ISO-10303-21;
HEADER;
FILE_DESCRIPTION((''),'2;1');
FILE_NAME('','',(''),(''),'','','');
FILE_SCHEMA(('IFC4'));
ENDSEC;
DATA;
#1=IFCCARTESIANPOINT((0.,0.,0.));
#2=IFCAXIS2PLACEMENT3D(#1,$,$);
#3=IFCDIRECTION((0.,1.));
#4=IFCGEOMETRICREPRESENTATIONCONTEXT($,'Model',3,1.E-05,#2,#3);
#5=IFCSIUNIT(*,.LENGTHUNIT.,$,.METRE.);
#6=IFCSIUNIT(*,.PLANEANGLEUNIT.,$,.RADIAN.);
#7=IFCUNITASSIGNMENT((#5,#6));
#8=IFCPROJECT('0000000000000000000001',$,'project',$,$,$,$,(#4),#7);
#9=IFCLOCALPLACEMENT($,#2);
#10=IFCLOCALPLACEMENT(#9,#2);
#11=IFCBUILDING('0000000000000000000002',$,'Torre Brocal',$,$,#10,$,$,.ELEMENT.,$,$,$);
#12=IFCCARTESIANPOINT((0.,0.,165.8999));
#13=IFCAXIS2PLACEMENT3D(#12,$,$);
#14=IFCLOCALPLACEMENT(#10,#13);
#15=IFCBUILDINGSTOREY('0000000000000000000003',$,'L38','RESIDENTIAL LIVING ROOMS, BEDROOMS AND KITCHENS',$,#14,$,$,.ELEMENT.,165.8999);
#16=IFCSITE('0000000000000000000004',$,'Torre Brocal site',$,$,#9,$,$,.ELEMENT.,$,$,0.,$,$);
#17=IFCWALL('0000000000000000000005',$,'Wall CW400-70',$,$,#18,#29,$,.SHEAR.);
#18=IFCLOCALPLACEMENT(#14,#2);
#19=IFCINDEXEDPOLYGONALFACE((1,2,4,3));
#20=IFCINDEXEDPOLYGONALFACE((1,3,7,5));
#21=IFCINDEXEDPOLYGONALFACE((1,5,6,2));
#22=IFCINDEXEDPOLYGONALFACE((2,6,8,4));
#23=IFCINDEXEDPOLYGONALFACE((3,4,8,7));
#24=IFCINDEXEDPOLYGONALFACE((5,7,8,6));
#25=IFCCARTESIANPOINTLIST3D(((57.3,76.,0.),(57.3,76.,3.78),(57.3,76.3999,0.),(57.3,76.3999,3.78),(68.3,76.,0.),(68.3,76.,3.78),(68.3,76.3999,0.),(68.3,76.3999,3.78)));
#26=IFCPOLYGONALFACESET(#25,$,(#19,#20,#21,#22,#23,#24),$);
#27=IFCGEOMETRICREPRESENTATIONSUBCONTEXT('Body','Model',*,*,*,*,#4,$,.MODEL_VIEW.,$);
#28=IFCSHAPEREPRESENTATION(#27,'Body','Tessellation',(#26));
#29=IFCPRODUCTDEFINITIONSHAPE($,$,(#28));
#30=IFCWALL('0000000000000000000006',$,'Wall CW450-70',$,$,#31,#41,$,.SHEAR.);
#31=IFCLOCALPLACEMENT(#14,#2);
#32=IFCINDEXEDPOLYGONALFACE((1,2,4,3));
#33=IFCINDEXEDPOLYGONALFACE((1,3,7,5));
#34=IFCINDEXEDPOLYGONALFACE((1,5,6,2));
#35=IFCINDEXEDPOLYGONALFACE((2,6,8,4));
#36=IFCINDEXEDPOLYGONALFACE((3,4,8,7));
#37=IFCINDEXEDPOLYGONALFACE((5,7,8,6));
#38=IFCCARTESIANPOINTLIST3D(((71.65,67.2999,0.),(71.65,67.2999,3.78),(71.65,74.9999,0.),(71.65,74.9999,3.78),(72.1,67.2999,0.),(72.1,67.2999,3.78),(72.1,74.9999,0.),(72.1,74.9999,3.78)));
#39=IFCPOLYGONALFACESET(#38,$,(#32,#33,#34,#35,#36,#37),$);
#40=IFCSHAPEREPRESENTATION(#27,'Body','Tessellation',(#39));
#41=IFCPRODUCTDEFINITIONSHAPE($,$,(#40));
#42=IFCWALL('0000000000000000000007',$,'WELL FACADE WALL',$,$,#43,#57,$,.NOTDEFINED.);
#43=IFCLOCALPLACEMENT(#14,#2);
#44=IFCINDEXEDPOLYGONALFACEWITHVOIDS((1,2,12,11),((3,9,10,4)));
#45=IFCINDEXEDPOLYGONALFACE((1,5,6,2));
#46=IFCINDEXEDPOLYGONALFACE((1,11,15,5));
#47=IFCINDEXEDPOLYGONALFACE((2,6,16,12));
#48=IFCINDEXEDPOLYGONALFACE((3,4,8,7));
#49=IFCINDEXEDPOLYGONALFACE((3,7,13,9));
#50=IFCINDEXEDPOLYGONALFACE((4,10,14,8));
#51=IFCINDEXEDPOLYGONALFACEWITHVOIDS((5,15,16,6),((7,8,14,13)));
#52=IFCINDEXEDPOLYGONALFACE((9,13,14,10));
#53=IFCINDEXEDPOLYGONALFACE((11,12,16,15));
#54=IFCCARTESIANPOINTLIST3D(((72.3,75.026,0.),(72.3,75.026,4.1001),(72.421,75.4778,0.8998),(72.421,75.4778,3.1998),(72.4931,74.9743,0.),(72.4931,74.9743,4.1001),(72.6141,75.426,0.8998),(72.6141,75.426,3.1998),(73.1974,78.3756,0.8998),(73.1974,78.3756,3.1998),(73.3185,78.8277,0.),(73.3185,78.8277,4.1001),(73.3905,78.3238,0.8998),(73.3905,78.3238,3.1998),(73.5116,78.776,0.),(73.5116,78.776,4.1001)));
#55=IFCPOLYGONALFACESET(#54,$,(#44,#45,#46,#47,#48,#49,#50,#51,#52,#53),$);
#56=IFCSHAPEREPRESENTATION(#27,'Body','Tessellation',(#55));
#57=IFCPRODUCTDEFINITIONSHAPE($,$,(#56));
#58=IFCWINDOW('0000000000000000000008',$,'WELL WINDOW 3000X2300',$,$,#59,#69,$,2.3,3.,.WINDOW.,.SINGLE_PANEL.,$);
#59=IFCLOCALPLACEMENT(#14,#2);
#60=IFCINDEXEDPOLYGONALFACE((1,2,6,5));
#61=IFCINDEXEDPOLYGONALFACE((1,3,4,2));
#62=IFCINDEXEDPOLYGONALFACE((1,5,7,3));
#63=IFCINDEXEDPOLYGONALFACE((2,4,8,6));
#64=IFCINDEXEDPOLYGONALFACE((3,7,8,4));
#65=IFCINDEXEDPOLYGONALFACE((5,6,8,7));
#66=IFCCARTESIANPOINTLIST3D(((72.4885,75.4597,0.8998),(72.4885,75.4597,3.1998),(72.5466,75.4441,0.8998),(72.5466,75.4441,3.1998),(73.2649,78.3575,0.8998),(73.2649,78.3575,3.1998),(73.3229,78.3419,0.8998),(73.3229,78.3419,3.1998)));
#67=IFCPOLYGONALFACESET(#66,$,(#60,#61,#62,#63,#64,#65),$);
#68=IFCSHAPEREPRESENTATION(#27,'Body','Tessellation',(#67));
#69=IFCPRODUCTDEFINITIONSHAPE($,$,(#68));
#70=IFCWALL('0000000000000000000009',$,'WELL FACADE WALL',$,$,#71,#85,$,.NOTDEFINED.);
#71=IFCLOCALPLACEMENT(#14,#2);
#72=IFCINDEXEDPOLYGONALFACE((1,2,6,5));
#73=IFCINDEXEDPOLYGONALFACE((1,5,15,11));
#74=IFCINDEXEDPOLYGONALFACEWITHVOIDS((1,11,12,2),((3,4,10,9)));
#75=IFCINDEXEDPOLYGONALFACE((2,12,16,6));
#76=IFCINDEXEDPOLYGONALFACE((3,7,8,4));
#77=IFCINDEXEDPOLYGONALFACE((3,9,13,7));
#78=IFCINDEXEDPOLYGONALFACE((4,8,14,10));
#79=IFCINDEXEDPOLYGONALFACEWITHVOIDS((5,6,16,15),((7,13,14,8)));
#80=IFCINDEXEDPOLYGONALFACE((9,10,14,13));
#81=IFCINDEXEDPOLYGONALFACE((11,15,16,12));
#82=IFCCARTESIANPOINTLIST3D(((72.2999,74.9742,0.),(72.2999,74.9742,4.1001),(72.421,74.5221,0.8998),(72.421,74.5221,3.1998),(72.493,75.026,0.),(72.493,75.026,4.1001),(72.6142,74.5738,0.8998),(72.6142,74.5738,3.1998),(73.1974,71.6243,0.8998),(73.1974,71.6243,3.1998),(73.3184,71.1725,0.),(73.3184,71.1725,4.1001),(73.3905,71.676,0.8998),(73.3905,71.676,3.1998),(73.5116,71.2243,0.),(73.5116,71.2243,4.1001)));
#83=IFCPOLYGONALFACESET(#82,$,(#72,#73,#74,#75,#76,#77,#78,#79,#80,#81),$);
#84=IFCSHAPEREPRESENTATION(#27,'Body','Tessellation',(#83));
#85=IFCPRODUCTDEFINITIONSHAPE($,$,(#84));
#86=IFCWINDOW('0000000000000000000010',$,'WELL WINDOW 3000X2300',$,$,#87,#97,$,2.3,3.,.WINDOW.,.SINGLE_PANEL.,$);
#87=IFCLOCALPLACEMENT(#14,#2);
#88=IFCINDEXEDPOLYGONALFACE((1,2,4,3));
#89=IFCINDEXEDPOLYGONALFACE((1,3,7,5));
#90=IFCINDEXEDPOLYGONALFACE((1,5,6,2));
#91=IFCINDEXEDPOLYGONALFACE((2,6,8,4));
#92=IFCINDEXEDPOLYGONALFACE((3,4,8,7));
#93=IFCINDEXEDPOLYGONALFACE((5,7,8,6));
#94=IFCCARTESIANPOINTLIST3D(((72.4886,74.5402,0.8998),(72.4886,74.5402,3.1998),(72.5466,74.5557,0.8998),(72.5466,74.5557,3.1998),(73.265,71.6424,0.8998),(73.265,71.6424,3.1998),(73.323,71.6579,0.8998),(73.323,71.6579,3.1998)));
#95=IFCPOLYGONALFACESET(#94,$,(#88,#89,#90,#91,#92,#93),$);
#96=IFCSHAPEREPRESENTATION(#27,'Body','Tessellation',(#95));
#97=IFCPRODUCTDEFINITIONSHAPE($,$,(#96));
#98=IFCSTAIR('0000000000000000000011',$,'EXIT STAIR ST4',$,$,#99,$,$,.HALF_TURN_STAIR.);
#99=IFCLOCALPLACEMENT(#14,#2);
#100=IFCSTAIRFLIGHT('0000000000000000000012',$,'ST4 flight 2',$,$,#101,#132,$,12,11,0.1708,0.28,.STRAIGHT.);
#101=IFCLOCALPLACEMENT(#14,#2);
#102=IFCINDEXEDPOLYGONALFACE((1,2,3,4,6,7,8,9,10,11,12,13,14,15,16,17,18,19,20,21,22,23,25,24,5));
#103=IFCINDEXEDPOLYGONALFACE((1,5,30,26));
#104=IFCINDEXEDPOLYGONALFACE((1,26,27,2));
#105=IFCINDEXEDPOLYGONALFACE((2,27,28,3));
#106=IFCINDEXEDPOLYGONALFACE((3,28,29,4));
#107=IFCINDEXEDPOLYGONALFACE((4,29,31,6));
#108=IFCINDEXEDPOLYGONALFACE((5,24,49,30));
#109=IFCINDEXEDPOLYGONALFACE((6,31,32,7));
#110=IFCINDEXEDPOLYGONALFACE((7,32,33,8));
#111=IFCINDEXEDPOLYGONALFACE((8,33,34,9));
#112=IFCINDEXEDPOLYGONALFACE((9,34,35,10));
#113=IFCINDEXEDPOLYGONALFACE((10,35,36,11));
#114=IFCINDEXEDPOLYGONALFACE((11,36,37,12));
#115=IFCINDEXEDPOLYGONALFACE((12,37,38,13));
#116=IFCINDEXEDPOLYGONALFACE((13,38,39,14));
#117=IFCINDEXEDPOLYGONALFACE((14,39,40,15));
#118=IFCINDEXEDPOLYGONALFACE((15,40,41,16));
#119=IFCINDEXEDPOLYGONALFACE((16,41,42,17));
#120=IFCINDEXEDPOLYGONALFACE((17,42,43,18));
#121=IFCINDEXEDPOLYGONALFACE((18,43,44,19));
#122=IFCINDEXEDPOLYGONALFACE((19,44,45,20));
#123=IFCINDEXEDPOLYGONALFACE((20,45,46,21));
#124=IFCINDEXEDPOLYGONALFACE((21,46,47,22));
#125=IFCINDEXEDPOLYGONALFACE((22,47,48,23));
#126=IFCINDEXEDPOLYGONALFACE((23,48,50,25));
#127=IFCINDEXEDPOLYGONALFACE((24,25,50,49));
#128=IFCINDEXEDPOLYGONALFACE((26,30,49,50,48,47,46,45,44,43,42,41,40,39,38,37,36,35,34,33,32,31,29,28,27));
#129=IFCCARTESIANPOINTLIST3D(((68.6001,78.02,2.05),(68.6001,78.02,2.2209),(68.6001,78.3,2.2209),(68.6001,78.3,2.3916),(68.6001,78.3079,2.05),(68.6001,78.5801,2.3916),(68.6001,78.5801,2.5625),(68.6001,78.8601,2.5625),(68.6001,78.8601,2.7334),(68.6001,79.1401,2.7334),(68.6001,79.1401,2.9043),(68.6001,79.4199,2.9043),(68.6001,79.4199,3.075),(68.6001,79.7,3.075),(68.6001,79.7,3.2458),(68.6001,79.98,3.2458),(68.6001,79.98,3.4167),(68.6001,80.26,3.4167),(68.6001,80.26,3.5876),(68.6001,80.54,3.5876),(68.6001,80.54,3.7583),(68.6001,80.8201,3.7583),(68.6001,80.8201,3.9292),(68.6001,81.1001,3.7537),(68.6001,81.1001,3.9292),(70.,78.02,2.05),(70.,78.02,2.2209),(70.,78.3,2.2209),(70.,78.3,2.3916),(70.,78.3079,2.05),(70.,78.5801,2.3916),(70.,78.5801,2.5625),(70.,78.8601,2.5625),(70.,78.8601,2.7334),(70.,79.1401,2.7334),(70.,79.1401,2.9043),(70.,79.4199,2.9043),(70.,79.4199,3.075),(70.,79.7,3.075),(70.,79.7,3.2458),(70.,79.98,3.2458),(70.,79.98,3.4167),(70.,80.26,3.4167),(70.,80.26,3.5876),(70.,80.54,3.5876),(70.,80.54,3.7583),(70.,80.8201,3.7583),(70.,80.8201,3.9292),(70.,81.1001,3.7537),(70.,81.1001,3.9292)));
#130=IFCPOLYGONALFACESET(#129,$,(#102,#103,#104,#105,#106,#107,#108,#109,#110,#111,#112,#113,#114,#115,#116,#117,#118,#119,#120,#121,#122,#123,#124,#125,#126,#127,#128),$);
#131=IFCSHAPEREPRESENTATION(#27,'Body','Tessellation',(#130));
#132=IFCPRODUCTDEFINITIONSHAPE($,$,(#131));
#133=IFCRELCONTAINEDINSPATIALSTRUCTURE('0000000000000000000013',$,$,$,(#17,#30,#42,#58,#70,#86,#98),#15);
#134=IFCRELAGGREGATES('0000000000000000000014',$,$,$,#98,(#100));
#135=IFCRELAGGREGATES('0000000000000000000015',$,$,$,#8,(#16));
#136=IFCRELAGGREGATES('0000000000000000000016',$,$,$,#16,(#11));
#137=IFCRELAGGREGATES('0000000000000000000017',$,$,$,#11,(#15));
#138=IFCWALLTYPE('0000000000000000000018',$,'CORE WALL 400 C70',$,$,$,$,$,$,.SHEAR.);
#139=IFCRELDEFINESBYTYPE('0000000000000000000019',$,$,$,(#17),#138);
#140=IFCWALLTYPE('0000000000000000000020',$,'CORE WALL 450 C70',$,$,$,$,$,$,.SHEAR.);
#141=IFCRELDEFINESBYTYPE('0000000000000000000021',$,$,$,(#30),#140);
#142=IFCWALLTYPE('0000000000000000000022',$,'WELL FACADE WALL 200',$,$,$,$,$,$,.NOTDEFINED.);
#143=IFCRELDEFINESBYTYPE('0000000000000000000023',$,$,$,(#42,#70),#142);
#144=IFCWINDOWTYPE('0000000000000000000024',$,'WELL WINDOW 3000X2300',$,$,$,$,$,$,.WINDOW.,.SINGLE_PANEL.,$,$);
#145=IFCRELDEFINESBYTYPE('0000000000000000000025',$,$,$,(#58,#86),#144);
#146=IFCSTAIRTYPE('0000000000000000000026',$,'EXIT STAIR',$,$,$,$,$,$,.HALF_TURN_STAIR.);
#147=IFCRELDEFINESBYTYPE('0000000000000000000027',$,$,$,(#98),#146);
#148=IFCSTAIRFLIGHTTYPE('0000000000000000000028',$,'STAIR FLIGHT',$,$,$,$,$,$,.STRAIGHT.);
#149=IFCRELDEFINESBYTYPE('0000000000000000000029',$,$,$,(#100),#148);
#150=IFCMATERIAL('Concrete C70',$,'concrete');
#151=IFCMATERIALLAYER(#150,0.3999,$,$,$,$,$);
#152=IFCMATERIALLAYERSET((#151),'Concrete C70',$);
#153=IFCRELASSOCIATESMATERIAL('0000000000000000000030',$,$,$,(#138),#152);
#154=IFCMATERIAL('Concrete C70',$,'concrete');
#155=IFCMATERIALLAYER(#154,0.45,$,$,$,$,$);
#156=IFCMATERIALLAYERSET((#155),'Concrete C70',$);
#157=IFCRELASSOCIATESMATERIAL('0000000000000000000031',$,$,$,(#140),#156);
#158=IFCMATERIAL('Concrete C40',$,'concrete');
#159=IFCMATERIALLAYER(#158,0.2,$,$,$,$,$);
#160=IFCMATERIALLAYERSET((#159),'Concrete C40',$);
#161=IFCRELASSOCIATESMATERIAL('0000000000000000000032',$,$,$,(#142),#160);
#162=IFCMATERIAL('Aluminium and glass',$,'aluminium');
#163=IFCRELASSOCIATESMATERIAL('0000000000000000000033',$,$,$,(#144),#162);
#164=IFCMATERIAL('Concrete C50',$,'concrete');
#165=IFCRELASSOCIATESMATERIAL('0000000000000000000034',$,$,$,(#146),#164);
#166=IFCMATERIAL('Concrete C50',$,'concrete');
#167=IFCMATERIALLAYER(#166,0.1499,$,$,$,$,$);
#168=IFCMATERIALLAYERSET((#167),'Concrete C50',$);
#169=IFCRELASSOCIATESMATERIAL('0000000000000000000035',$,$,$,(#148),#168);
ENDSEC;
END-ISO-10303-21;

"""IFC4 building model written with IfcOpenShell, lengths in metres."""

from ifc_helpers import new_model, si_unit, direction, frame, frame_2d, origin, place, context, subcontext, project, spatial, polyline, rectangle, outline, extrude, material, layer, layer_set, type_object, element, fill, aggregate, save


model = new_model("IFC4")

# Units and contexts
model_context = context("Model", 3, precision=1e-05, world=origin(), true_north=direction((0.0, 1.0)))
body_context = subcontext(model_context, "Body", "Model", "MODEL_VIEW")
ifc_project = project(units=[si_unit("LENGTHUNIT", "METRE"), si_unit("PLANEANGLEUNIT", "RADIAN")], contexts=[model_context])

# Site, building, storey
site_placement = place(None, origin())
site = spatial("IfcSite", under=ifc_project, at=site_placement, Name="Torre Brocal site", CompositionType="ELEMENT", RefElevation=0.0)
building_placement = place(site_placement, origin())
building = spatial("IfcBuilding", under=site, at=building_placement, Name="Torre Brocal", CompositionType="ELEMENT")
storey_placement = place(building_placement, frame((0.0, 0.0, 165.8999)))
storey = spatial("IfcBuildingStorey", under=building, at=storey_placement, Name="L38", Description="RESIDENTIAL LIVING ROOMS, BEDROOMS AND KITCHENS", CompositionType="ELEMENT", Elevation=165.8999)

# Walls
ifc_material_1 = material(Name="Concrete C70", Category="concrete")
ifc_layer_1 = layer(ifc_material_1, 0.3999)
ifc_layer_set_1 = layer_set([ifc_layer_1], Name="Concrete C70")
wall_type_1 = type_object("IfcWallType", Name="CORE WALL 400 C70", PredefinedType="SHEAR", material=ifc_layer_set_1)
wall_1_placement = place(storey_placement, frame((68.3, 76.2, 0.0), z_axis=(0.0, 0.0, 1.0), x_axis=(-1.0, 0.0, 0.0)))
element("IfcWall", 1, at=wall_1_placement, inside=storey, type_object=wall_type_1, Name="Wall CW400-70", PredefinedType="SHEAR", context=body_context, shape_type="SweptSolid", body=[
    extrude(rectangle(XDim=11.0, YDim=0.3999, at=frame_2d((5.5, 0.0))), origin(), (0.0, 0.0, 1.0), 3.78),
])
ifc_material_2 = material(Name="Concrete C70", Category="concrete")
ifc_layer_2 = layer(ifc_material_2, 0.45)
ifc_layer_set_2 = layer_set([ifc_layer_2], Name="Concrete C70")
wall_type_2 = type_object("IfcWallType", Name="CORE WALL 450 C70", PredefinedType="SHEAR", material=ifc_layer_set_2)
wall_2_placement = place(storey_placement, frame((71.875, 75.0, 0.0), z_axis=(0.0, 0.0, 1.0), x_axis=(0.0, -1.0, 0.0)))
element("IfcWall", 2, at=wall_2_placement, inside=storey, type_object=wall_type_2, Name="Wall CW450-70", PredefinedType="SHEAR", context=body_context, shape_type="SweptSolid", body=[
    extrude(rectangle(XDim=7.7, YDim=0.45, at=frame_2d((3.8501, 0.0))), origin(), (0.0, 0.0, 1.0), 3.78),
])

# Walls, openings, windows
ifc_material_3 = material(Name="Concrete C40", Category="concrete")
ifc_layer_3 = layer(ifc_material_3, 0.2)
ifc_layer_set_3 = layer_set([ifc_layer_3], Name="Concrete C40")
wall_type_3 = type_object("IfcWallType", Name="WELL FACADE WALL 200", PredefinedType="NOTDEFINED", material=ifc_layer_set_3)
wall_3_placement = place(storey_placement, frame((73.415, 78.8018, 0.0), z_axis=(0.0, 0.0, 1.0), x_axis=(-0.25879, -0.965934, 0.0)))
wall_3 = element("IfcWall", 3, at=wall_3_placement, inside=storey, type_object=wall_type_3, Name="WELL FACADE WALL", PredefinedType="NOTDEFINED", context=body_context, shape_type="SweptSolid", body=[
    extrude(rectangle(XDim=3.9358, YDim=0.2, at=frame_2d((1.9678, 0.0))), origin(), (0.0, 0.0, 1.0), 4.1001),
])
opening_1_placement = place(wall_3_placement, frame((0.468, 0.0, 0.8999)))
opening_1 = element("IfcOpeningElement", 4, at=opening_1_placement, cuts=wall_3, PredefinedType="OPENING", context=body_context, shape_type="SweptSolid", body=[
    extrude(rectangle(XDim=3.0, YDim=2.3, at=frame_2d((1.5, 1.1499))), frame((0.0, 0.1099, 0.0), z_axis=(0.0, -1.0, 0.0), x_axis=(1.0, 0.0, 0.0)), (0.0, 0.0, 1.0), 0.22),
])
ifc_material_4 = material(Name="Aluminium and glass", Category="aluminium")
window_type = type_object("IfcWindowType", Name="WELL WINDOW 3000X2300", PartitioningType="SINGLE_PANEL", PredefinedType="WINDOW", material=ifc_material_4)
window_1_placement = place(opening_1_placement, origin())
window_1 = element("IfcWindow", 5, at=window_1_placement, inside=storey, type_object=window_type, Name="WELL WINDOW 3000X2300", OverallHeight=2.3, OverallWidth=3.0, PartitioningType="SINGLE_PANEL", PredefinedType="WINDOW", context=body_context, shape_type="SweptSolid", body=[
    extrude(rectangle(XDim=3.0, YDim=2.3, at=frame_2d((1.5, 1.1499))), frame((0.0, 0.03, 0.0), z_axis=(0.0, -1.0, 0.0), x_axis=(1.0, 0.0, 0.0)), (0.0, 0.0, 1.0), 0.0601),
])
fill(opening_1, window_1)
wall_4_placement = place(storey_placement, frame((72.3965, 75.0, 0.0), z_axis=(0.0, 0.0, 1.0), x_axis=(0.25879, -0.965934, 0.0)))
wall_4 = element("IfcWall", 6, at=wall_4_placement, inside=storey, type_object=wall_type_3, Name="WELL FACADE WALL", PredefinedType="NOTDEFINED", context=body_context, shape_type="SweptSolid", body=[
    extrude(rectangle(XDim=3.9358, YDim=0.2, at=frame_2d((1.9678, 0.0))), origin(), (0.0, 0.0, 1.0), 4.1001),
])
opening_2_placement = place(wall_4_placement, frame((0.468, 0.0, 0.8999)))
opening_2 = element("IfcOpeningElement", 7, at=opening_2_placement, cuts=wall_4, PredefinedType="OPENING", context=body_context, shape_type="SweptSolid", body=[
    extrude(rectangle(XDim=3.0, YDim=2.3, at=frame_2d((1.5, 1.1499))), frame((0.0, 0.1099, 0.0), z_axis=(0.0, -1.0, 0.0), x_axis=(1.0, 0.0, 0.0)), (0.0, 0.0, 1.0), 0.22),
])
window_2_placement = place(opening_2_placement, origin())
window_2 = element("IfcWindow", 8, at=window_2_placement, inside=storey, type_object=window_type, Name="WELL WINDOW 3000X2300", OverallHeight=2.3, OverallWidth=3.0, PartitioningType="SINGLE_PANEL", PredefinedType="WINDOW", context=body_context, shape_type="SweptSolid", body=[
    extrude(rectangle(XDim=3.0, YDim=2.3, at=frame_2d((1.5, 1.1499))), frame((0.0, 0.03, 0.0), z_axis=(0.0, -1.0, 0.0), x_axis=(1.0, 0.0, 0.0)), (0.0, 0.0, 1.0), 0.0601),
])
fill(opening_2, window_2)

# Stair, stair flight
ifc_material_5 = material(Name="Concrete C50", Category="concrete")
stair_type = type_object("IfcStairType", Name="EXIT STAIR", PredefinedType="HALF_TURN_STAIR", material=ifc_material_5)
stair_placement = place(storey_placement, origin())
stair = element("IfcStair", 9, at=stair_placement, inside=storey, type_object=stair_type, Name="EXIT STAIR ST4", PredefinedType="HALF_TURN_STAIR")
ifc_material_6 = material(Name="Concrete C50", Category="concrete")
ifc_layer_4 = layer(ifc_material_6, 0.1499)
ifc_layer_set_4 = layer_set([ifc_layer_4], Name="Concrete C50")
stair_flight_type = type_object("IfcStairFlightType", Name="STAIR FLIGHT", PredefinedType="STRAIGHT", material=ifc_layer_set_4)
stair_flight_placement = place(storey_placement, frame((69.3, 78.02, 2.05), z_axis=(0.0, 0.0, 1.0), x_axis=(0.0, 1.0, 0.0)))
stair_flight = element("IfcStairFlight", 10, at=stair_flight_placement, type_object=stair_flight_type, Name="ST4 flight 2", NumberOfRisers=12, NumberOfTreads=11, PredefinedType="STRAIGHT", RiserHeight=0.1708, TreadLength=0.28, context=body_context, shape_type="SweptSolid", body=[
    extrude(outline(polyline([(0.0, 0.0), (0.0, 0.1709), (0.28, 0.1709), (0.28, 0.3416), (0.5601, 0.3416), (0.5601, 0.5125), (0.8401, 0.5125), (0.8401, 0.6833), (1.1201, 0.6833), (1.1201, 0.8542), (1.3999, 0.8542), (1.3999, 1.0249), (1.6799, 1.0249), (1.6799, 1.1958), (1.96, 1.1958), (1.96, 1.3667), (2.24, 1.3667), (2.24, 1.5376), (2.52, 1.5376), (2.52, 1.7083), (2.8, 1.7083), (2.8, 1.8792), (3.0801, 1.8792), (3.0801, 2.05), (3.0801, 1.7036), (0.2878, 0.0), (0.0, 0.0)])), frame((0.0, 0.7, 0.0), z_axis=(0.0, -1.0, 0.0), x_axis=(1.0, 0.0, 0.0)), (0.0, 0.0, 1.0), 1.3999),
])
aggregate(stair, [stair_flight])

save(model, "model.ifc")
